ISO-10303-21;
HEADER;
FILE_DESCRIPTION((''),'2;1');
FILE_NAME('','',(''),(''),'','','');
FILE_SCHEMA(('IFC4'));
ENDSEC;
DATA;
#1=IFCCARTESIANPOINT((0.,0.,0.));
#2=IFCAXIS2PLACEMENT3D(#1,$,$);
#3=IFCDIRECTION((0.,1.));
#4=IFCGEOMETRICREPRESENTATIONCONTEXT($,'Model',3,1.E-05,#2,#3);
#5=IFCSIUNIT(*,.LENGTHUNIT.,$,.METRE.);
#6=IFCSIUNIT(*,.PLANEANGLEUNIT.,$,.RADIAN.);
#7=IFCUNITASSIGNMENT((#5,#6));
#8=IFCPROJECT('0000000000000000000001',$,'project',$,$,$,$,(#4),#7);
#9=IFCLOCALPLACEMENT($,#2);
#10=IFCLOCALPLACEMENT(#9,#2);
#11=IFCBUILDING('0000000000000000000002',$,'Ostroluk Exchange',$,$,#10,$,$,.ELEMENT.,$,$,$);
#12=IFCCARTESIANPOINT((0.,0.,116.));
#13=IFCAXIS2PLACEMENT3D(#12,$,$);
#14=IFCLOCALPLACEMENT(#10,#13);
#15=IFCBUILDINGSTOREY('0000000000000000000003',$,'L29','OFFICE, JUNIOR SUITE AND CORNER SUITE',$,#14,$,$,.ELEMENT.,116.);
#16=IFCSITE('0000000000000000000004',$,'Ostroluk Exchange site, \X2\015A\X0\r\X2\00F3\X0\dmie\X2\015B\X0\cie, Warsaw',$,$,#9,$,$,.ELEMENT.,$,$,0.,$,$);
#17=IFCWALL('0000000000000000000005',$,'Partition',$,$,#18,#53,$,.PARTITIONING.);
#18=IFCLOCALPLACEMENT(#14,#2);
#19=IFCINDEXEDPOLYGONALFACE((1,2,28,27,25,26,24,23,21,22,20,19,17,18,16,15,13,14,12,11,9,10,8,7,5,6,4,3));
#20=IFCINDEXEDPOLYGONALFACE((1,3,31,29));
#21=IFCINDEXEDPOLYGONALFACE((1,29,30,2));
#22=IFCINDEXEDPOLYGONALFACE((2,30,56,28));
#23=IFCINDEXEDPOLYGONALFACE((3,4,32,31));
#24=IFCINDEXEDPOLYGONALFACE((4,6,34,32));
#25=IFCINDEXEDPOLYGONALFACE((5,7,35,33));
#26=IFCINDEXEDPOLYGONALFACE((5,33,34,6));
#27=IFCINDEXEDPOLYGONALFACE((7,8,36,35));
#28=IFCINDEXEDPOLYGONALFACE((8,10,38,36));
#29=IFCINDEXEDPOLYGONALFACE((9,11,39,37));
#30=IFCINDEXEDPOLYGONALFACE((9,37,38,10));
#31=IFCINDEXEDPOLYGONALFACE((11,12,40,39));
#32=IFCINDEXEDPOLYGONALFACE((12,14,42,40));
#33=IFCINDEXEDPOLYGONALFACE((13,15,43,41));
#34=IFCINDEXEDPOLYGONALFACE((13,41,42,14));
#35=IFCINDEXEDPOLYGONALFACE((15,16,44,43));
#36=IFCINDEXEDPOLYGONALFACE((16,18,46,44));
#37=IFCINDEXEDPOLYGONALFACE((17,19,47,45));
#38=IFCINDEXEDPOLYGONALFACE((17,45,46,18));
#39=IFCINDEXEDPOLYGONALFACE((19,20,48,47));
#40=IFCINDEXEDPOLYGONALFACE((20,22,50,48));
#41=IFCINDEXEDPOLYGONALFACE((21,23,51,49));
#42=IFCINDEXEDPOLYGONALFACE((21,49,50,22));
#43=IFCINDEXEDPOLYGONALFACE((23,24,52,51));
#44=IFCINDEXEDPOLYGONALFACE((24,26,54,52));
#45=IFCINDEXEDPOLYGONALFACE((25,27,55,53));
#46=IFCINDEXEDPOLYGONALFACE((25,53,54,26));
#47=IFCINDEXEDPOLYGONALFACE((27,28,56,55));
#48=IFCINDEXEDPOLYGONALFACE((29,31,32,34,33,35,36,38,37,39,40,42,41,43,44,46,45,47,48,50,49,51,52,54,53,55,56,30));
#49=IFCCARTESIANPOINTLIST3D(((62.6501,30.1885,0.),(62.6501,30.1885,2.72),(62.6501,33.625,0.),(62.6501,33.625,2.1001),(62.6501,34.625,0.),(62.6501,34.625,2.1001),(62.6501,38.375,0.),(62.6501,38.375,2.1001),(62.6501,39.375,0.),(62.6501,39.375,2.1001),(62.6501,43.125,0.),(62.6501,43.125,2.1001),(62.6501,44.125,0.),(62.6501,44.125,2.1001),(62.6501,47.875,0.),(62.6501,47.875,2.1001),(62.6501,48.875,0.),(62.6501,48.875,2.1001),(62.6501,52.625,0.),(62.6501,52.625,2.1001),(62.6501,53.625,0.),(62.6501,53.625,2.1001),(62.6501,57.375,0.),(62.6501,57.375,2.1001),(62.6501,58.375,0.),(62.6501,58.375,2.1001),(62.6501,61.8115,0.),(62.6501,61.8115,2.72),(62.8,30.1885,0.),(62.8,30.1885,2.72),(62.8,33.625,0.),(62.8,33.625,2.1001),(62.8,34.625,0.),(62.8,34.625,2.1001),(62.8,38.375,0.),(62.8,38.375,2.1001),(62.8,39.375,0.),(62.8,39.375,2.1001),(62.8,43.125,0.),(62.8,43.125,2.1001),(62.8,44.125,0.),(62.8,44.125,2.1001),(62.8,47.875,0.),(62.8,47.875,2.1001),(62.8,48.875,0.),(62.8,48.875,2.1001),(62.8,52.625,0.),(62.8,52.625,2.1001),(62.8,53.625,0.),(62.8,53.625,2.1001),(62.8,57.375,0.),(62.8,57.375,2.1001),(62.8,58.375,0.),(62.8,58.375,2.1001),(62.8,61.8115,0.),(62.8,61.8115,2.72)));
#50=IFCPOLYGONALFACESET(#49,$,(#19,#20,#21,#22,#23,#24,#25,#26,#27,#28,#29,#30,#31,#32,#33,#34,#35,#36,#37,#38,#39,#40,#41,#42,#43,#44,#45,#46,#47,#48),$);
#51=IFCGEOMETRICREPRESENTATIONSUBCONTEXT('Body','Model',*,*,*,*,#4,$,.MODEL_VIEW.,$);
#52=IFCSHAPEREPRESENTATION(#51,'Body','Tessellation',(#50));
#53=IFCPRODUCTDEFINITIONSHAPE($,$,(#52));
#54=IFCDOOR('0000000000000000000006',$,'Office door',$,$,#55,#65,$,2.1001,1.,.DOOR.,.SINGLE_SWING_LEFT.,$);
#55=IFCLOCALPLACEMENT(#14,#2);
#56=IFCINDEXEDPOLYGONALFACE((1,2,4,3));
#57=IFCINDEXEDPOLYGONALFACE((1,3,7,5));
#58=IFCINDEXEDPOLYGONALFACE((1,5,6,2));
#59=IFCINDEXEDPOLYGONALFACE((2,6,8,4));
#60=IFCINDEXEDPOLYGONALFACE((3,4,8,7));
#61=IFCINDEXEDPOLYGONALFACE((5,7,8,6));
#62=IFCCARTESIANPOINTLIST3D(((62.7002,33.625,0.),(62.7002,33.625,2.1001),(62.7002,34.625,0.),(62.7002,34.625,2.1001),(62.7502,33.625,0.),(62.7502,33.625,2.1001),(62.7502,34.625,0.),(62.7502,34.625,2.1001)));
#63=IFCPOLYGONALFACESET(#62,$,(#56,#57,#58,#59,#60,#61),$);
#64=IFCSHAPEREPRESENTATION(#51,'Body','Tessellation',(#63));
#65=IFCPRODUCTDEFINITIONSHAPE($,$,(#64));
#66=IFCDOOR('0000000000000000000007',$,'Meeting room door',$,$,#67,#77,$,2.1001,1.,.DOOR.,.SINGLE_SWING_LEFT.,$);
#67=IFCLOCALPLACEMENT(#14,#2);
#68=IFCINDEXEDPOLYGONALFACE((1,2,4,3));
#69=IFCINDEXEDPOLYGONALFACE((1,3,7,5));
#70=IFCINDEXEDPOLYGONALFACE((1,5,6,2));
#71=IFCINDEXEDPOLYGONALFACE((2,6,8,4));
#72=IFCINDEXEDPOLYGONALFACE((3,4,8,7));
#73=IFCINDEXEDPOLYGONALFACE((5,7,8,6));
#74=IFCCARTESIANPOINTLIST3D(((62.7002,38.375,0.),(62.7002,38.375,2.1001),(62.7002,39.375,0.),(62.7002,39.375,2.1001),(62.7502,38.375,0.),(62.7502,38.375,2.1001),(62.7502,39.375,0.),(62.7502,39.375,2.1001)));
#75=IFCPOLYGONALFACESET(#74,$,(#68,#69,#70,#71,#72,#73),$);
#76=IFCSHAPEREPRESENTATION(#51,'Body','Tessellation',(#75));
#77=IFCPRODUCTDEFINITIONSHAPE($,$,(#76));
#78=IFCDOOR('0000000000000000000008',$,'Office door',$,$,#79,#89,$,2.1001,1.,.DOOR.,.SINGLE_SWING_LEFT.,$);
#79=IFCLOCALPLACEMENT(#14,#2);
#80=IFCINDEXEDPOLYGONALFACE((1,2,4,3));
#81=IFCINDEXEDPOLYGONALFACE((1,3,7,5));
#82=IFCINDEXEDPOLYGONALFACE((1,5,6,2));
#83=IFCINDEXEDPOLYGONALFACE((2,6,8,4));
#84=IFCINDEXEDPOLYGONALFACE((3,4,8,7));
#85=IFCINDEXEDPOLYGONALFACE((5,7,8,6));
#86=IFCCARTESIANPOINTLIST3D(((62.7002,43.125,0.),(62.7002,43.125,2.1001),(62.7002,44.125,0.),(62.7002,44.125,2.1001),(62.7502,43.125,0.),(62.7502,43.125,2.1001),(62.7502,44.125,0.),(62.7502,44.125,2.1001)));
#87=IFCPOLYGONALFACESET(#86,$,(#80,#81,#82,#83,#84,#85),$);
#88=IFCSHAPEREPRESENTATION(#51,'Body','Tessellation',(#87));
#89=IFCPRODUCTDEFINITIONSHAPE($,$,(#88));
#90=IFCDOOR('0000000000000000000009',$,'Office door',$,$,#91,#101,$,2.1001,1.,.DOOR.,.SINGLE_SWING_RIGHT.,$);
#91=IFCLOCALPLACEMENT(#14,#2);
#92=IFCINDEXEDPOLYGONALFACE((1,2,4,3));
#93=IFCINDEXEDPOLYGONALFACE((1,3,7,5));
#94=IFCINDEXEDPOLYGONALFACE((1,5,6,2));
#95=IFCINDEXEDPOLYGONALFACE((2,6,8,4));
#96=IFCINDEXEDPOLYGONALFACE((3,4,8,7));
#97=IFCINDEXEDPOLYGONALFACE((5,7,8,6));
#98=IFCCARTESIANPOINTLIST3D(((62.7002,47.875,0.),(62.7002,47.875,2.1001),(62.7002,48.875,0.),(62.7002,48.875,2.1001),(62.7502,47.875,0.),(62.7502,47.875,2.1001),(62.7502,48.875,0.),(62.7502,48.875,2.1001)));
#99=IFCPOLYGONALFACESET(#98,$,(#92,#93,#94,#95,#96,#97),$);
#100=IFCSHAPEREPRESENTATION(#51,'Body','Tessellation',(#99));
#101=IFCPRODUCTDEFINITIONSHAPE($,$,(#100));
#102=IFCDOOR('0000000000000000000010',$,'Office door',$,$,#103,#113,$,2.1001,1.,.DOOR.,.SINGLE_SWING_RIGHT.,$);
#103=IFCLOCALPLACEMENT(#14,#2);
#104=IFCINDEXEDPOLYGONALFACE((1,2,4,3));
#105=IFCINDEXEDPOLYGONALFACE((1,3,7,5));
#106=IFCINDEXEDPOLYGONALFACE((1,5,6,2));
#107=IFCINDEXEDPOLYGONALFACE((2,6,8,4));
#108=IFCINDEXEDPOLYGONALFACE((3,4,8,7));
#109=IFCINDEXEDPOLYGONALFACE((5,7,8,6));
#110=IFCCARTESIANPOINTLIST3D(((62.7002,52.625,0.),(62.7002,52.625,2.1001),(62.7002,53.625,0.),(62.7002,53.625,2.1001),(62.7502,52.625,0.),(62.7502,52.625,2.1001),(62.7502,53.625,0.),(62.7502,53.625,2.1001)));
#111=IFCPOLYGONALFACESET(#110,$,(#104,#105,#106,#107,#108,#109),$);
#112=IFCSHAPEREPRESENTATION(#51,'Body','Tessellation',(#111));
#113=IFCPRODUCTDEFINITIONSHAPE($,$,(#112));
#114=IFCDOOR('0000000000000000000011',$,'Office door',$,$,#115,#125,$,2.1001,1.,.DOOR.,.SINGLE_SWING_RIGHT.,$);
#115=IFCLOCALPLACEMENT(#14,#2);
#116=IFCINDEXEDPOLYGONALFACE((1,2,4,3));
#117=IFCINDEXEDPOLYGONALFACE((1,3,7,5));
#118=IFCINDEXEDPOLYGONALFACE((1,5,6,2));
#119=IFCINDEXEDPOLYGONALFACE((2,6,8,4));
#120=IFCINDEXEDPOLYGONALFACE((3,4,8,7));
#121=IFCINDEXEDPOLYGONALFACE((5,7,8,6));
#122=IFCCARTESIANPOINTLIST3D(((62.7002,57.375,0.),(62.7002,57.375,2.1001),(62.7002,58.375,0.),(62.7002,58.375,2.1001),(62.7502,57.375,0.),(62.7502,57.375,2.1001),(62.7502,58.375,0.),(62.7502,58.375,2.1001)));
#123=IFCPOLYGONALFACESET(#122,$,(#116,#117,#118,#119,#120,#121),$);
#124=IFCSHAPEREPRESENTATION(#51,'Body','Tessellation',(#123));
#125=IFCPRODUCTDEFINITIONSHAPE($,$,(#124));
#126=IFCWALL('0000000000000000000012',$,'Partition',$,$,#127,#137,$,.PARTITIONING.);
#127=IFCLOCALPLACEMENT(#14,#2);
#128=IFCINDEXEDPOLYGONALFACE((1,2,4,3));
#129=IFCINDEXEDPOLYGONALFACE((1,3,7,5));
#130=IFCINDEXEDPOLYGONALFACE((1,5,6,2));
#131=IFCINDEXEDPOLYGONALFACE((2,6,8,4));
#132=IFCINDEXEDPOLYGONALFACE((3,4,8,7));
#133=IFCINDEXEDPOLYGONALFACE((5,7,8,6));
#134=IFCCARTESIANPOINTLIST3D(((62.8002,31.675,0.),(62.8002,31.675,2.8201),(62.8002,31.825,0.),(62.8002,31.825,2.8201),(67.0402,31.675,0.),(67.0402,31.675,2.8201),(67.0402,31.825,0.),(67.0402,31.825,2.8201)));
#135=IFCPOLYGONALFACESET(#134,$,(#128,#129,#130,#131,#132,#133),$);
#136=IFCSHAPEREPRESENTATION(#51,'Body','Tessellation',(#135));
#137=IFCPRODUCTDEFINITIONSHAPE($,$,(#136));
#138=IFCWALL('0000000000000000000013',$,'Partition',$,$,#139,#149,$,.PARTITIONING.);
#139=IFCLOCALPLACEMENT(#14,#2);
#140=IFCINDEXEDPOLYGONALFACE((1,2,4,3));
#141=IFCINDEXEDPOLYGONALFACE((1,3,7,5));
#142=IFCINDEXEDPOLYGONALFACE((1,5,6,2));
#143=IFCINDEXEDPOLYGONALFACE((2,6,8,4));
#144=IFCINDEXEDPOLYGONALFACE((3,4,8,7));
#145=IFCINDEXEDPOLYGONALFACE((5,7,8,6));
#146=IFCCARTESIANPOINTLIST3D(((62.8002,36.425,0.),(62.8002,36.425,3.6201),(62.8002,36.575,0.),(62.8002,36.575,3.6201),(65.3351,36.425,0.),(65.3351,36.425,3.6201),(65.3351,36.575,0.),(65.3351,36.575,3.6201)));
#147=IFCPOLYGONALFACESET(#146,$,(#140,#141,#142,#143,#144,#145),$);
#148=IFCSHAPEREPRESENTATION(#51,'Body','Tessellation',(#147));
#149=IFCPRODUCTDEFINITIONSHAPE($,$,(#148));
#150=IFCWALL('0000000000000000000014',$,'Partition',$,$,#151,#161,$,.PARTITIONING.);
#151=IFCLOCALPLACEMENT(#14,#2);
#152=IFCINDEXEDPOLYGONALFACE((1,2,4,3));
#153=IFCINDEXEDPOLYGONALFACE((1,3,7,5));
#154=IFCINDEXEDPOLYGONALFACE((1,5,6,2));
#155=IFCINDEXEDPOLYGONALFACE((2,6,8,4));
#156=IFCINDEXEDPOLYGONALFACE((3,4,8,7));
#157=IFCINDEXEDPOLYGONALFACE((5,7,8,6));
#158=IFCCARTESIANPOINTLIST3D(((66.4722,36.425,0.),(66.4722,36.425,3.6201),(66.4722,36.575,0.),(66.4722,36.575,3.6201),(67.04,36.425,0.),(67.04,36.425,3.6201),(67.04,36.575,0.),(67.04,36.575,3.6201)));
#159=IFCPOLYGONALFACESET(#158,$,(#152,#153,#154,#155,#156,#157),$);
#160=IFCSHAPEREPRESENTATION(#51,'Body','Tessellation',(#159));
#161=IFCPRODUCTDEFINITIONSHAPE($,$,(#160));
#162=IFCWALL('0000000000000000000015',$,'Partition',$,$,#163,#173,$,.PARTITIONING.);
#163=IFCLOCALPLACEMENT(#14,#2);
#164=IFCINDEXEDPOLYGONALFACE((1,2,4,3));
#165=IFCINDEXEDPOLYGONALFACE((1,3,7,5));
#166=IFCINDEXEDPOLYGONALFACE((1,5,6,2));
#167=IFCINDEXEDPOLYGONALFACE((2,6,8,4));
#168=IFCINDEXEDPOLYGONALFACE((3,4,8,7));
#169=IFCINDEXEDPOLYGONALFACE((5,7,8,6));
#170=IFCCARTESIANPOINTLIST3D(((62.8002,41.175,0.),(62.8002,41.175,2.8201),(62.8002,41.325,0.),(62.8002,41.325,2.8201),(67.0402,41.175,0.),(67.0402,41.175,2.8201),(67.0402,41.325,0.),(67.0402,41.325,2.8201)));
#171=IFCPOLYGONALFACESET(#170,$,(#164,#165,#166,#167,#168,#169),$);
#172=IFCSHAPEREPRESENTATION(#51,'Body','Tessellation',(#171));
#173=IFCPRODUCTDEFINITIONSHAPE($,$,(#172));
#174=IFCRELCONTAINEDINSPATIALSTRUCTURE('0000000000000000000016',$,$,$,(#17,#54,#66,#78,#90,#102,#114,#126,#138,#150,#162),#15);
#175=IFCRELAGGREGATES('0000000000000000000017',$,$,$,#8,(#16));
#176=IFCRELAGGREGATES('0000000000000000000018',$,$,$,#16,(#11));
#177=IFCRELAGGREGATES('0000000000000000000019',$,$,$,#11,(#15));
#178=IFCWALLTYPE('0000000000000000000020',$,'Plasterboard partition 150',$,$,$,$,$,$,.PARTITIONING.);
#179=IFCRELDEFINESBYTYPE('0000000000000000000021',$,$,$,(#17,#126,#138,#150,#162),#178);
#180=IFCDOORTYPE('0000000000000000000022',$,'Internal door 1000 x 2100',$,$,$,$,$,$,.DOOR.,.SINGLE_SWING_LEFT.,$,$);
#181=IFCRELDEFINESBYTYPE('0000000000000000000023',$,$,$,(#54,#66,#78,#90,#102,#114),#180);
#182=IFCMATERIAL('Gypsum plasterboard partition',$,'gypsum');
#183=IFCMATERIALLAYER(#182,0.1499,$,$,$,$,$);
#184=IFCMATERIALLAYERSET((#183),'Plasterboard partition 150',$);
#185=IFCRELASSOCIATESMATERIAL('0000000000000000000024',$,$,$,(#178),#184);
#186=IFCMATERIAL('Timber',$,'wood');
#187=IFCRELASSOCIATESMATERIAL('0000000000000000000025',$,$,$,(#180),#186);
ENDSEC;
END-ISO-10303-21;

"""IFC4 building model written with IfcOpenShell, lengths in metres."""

from ifc_helpers import new_model, si_unit, direction, frame, frame_2d, origin, place, context, subcontext, project, spatial, rectangle, extrude, material, layer, layer_set, type_object, element, fill, save


model = new_model("IFC4")

# Units and contexts
model_context = context("Model", 3, precision=1e-05, world=origin(), true_north=direction((0.0, 1.0)))
body_context = subcontext(model_context, "Body", "Model", "MODEL_VIEW")
ifc_project = project(units=[si_unit("LENGTHUNIT", "METRE"), si_unit("PLANEANGLEUNIT", "RADIAN")], contexts=[model_context])

# Site, building, storey
site_placement = place(None, origin())
site = spatial("IfcSite", under=ifc_project, at=site_placement, Name="Ostroluk Exchange site, Śródmieście, Warsaw", CompositionType="ELEMENT", RefElevation=0.0)
building_placement = place(site_placement, origin())
building = spatial("IfcBuilding", under=site, at=building_placement, Name="Ostroluk Exchange", CompositionType="ELEMENT")
storey_placement = place(building_placement, frame((0.0, 0.0, 116.0)))
storey = spatial("IfcBuildingStorey", under=building, at=storey_placement, Name="L29", Description="OFFICE, JUNIOR SUITE AND CORNER SUITE", CompositionType="ELEMENT", Elevation=116.0)

# Shared definitions
ifc_material_1 = material(Name="Gypsum plasterboard partition", Category="gypsum")
ifc_layer_1 = layer(ifc_material_1, 0.1499)
ifc_layer_set_1 = layer_set([ifc_layer_1], Name="Plasterboard partition 150")
wall_type = type_object("IfcWallType", Name="Plasterboard partition 150", PredefinedType="PARTITIONING", material=ifc_layer_set_1)
ifc_material_2 = material(Name="Timber", Category="wood")
door_type = type_object("IfcDoorType", Name="Internal door 1000 x 2100", OperationType="SINGLE_SWING_LEFT", PredefinedType="DOOR", material=ifc_material_2)

# Wall, openings, doors
wall_1_placement = place(storey_placement, frame((62.7251, 30.1885, 0.0), z_axis=(0.0, 0.0, 1.0), x_axis=(0.0, 1.0, 0.0)))
wall_1 = element("IfcWall", 1, at=wall_1_placement, inside=storey, type_object=wall_type, Name="Partition", PredefinedType="PARTITIONING", context=body_context, shape_type="SweptSolid", body=[
    extrude(rectangle(XDim=31.623, YDim=0.1499, at=frame_2d((15.8115, 0.0))), origin(), (0.0, 0.0, 1.0), 2.72),
])
opening_1_placement = place(wall_1_placement, frame((3.4365, 0.0, 0.0)))
opening_1 = element("IfcOpeningElement", 2, at=opening_1_placement, cuts=wall_1, PredefinedType="OPENING", context=body_context, shape_type="SweptSolid", body=[
    extrude(rectangle(XDim=1.0, YDim=2.1001, at=frame_2d((0.5, 1.05))), frame((0.0, 0.085, 0.0), z_axis=(0.0, -1.0, 0.0), x_axis=(1.0, 0.0, 0.0)), (0.0, 0.0, 1.0), 0.1699),
])
opening_2_placement = place(wall_1_placement, frame((8.1865, 0.0, 0.0)))
opening_2 = element("IfcOpeningElement", 3, at=opening_2_placement, cuts=wall_1, PredefinedType="OPENING", context=body_context, shape_type="SweptSolid", body=[
    extrude(rectangle(XDim=1.0, YDim=2.1001, at=frame_2d((0.5, 1.05))), frame((0.0, 0.085, 0.0), z_axis=(0.0, -1.0, 0.0), x_axis=(1.0, 0.0, 0.0)), (0.0, 0.0, 1.0), 0.1699),
])
opening_3_placement = place(wall_1_placement, frame((12.9365, 0.0, 0.0)))
opening_3 = element("IfcOpeningElement", 4, at=opening_3_placement, cuts=wall_1, PredefinedType="OPENING", context=body_context, shape_type="SweptSolid", body=[
    extrude(rectangle(XDim=1.0, YDim=2.1001, at=frame_2d((0.5, 1.05))), frame((0.0, 0.085, 0.0), z_axis=(0.0, -1.0, 0.0), x_axis=(1.0, 0.0, 0.0)), (0.0, 0.0, 1.0), 0.1699),
])
opening_4_placement = place(wall_1_placement, frame((17.6865, 0.0, 0.0)))
opening_4 = element("IfcOpeningElement", 5, at=opening_4_placement, cuts=wall_1, PredefinedType="OPENING", context=body_context, shape_type="SweptSolid", body=[
    extrude(rectangle(XDim=1.0, YDim=2.1001, at=frame_2d((0.5, 1.05))), frame((0.0, 0.085, 0.0), z_axis=(0.0, -1.0, 0.0), x_axis=(1.0, 0.0, 0.0)), (0.0, 0.0, 1.0), 0.1699),
])
opening_5_placement = place(wall_1_placement, frame((22.4365, 0.0, 0.0)))
opening_5 = element("IfcOpeningElement", 6, at=opening_5_placement, cuts=wall_1, PredefinedType="OPENING", context=body_context, shape_type="SweptSolid", body=[
    extrude(rectangle(XDim=1.0, YDim=2.1001, at=frame_2d((0.5, 1.05))), frame((0.0, 0.085, 0.0), z_axis=(0.0, -1.0, 0.0), x_axis=(1.0, 0.0, 0.0)), (0.0, 0.0, 1.0), 0.1699),
])
opening_6_placement = place(wall_1_placement, frame((27.1865, 0.0, 0.0)))
opening_6 = element("IfcOpeningElement", 7, at=opening_6_placement, cuts=wall_1, PredefinedType="OPENING", context=body_context, shape_type="SweptSolid", body=[
    extrude(rectangle(XDim=1.0, YDim=2.1001, at=frame_2d((0.5, 1.05))), frame((0.0, 0.085, 0.0), z_axis=(0.0, -1.0, 0.0), x_axis=(1.0, 0.0, 0.0)), (0.0, 0.0, 1.0), 0.1699),
])
door_1_placement = place(opening_1_placement, origin())
door_1 = element("IfcDoor", 8, at=door_1_placement, inside=storey, type_object=door_type, Name="Office door", OperationType="SINGLE_SWING_LEFT", OverallHeight=2.1001, OverallWidth=1.0, PredefinedType="DOOR", context=body_context, shape_type="SweptSolid", body=[
    extrude(rectangle(XDim=1.0, YDim=2.1001, at=frame_2d((0.5, 1.05))), frame((0.0, 0.0249, 0.0), z_axis=(0.0, -1.0, 0.0), x_axis=(1.0, 0.0, 0.0)), (0.0, 0.0, 1.0), 0.05),
])
fill(opening_1, door_1)
door_2_placement = place(opening_2_placement, origin())
door_2 = element("IfcDoor", 9, at=door_2_placement, inside=storey, type_object=door_type, Name="Meeting room door", OperationType="SINGLE_SWING_LEFT", OverallHeight=2.1001, OverallWidth=1.0, PredefinedType="DOOR", context=body_context, shape_type="SweptSolid", body=[
    extrude(rectangle(XDim=1.0, YDim=2.1001, at=frame_2d((0.5, 1.05))), frame((0.0, 0.0249, 0.0), z_axis=(0.0, -1.0, 0.0), x_axis=(1.0, 0.0, 0.0)), (0.0, 0.0, 1.0), 0.05),
])
fill(opening_2, door_2)
door_3_placement = place(opening_3_placement, origin())
door_3 = element("IfcDoor", 10, at=door_3_placement, inside=storey, type_object=door_type, Name="Office door", OperationType="SINGLE_SWING_LEFT", OverallHeight=2.1001, OverallWidth=1.0, PredefinedType="DOOR", context=body_context, shape_type="SweptSolid", body=[
    extrude(rectangle(XDim=1.0, YDim=2.1001, at=frame_2d((0.5, 1.05))), frame((0.0, 0.0249, 0.0), z_axis=(0.0, -1.0, 0.0), x_axis=(1.0, 0.0, 0.0)), (0.0, 0.0, 1.0), 0.05),
])
fill(opening_3, door_3)
door_4_placement = place(opening_4_placement, origin())
door_4 = element("IfcDoor", 11, at=door_4_placement, inside=storey, type_object=door_type, Name="Office door", OperationType="SINGLE_SWING_RIGHT", OverallHeight=2.1001, OverallWidth=1.0, PredefinedType="DOOR", context=body_context, shape_type="SweptSolid", body=[
    extrude(rectangle(XDim=1.0, YDim=2.1001, at=frame_2d((0.5, 1.05))), frame((0.0, 0.0249, 0.0), z_axis=(0.0, -1.0, 0.0), x_axis=(1.0, 0.0, 0.0)), (0.0, 0.0, 1.0), 0.05),
])
fill(opening_4, door_4)
door_5_placement = place(opening_5_placement, origin())
door_5 = element("IfcDoor", 12, at=door_5_placement, inside=storey, type_object=door_type, Name="Office door", OperationType="SINGLE_SWING_RIGHT", OverallHeight=2.1001, OverallWidth=1.0, PredefinedType="DOOR", context=body_context, shape_type="SweptSolid", body=[
    extrude(rectangle(XDim=1.0, YDim=2.1001, at=frame_2d((0.5, 1.05))), frame((0.0, 0.0249, 0.0), z_axis=(0.0, -1.0, 0.0), x_axis=(1.0, 0.0, 0.0)), (0.0, 0.0, 1.0), 0.05),
])
fill(opening_5, door_5)
door_6_placement = place(opening_6_placement, origin())
door_6 = element("IfcDoor", 13, at=door_6_placement, inside=storey, type_object=door_type, Name="Office door", OperationType="SINGLE_SWING_RIGHT", OverallHeight=2.1001, OverallWidth=1.0, PredefinedType="DOOR", context=body_context, shape_type="SweptSolid", body=[
    extrude(rectangle(XDim=1.0, YDim=2.1001, at=frame_2d((0.5, 1.05))), frame((0.0, 0.0249, 0.0), z_axis=(0.0, -1.0, 0.0), x_axis=(1.0, 0.0, 0.0)), (0.0, 0.0, 1.0), 0.05),
])
fill(opening_6, door_6)

# Walls
wall_2_placement = place(storey_placement, frame((62.8, 31.75, 0.0), z_axis=(0.0, 0.0, 1.0), x_axis=(1.0, 0.0, 0.0)))
element("IfcWall", 14, at=wall_2_placement, inside=storey, type_object=wall_type, Name="Partition", PredefinedType="PARTITIONING", context=body_context, shape_type="SweptSolid", body=[
    extrude(rectangle(XDim=4.24, YDim=0.1499, at=frame_2d((2.1201, 0.0))), origin(), (0.0, 0.0, 1.0), 2.8201),
])
wall_3_placement = place(storey_placement, frame((62.8, 36.5, 0.0), z_axis=(0.0, 0.0, 1.0), x_axis=(1.0, 0.0, 0.0)))
element("IfcWall", 15, at=wall_3_placement, inside=storey, type_object=wall_type, Name="Partition", PredefinedType="PARTITIONING", context=body_context, shape_type="SweptSolid", body=[
    extrude(rectangle(XDim=2.5349, YDim=0.1499, at=frame_2d((1.2676, 0.0))), origin(), (0.0, 0.0, 1.0), 3.6201),
])
wall_4_placement = place(storey_placement, frame((66.4722, 36.5, 0.0), z_axis=(0.0, 0.0, 1.0), x_axis=(1.0, 0.0, 0.0)))
element("IfcWall", 16, at=wall_4_placement, inside=storey, type_object=wall_type, Name="Partition", PredefinedType="PARTITIONING", context=body_context, shape_type="SweptSolid", body=[
    extrude(rectangle(XDim=0.5679, YDim=0.1499, at=frame_2d((0.2839, 0.0))), origin(), (0.0, 0.0, 1.0), 3.6201),
])
wall_5_placement = place(storey_placement, frame((62.8, 41.25, 0.0), z_axis=(0.0, 0.0, 1.0), x_axis=(1.0, 0.0, 0.0)))
element("IfcWall", 17, at=wall_5_placement, inside=storey, type_object=wall_type, Name="Partition", PredefinedType="PARTITIONING", context=body_context, shape_type="SweptSolid", body=[
    extrude(rectangle(XDim=4.24, YDim=0.1499, at=frame_2d((2.1201, 0.0))), origin(), (0.0, 0.0, 1.0), 2.8201),
])

save(model, "model.ifc")
